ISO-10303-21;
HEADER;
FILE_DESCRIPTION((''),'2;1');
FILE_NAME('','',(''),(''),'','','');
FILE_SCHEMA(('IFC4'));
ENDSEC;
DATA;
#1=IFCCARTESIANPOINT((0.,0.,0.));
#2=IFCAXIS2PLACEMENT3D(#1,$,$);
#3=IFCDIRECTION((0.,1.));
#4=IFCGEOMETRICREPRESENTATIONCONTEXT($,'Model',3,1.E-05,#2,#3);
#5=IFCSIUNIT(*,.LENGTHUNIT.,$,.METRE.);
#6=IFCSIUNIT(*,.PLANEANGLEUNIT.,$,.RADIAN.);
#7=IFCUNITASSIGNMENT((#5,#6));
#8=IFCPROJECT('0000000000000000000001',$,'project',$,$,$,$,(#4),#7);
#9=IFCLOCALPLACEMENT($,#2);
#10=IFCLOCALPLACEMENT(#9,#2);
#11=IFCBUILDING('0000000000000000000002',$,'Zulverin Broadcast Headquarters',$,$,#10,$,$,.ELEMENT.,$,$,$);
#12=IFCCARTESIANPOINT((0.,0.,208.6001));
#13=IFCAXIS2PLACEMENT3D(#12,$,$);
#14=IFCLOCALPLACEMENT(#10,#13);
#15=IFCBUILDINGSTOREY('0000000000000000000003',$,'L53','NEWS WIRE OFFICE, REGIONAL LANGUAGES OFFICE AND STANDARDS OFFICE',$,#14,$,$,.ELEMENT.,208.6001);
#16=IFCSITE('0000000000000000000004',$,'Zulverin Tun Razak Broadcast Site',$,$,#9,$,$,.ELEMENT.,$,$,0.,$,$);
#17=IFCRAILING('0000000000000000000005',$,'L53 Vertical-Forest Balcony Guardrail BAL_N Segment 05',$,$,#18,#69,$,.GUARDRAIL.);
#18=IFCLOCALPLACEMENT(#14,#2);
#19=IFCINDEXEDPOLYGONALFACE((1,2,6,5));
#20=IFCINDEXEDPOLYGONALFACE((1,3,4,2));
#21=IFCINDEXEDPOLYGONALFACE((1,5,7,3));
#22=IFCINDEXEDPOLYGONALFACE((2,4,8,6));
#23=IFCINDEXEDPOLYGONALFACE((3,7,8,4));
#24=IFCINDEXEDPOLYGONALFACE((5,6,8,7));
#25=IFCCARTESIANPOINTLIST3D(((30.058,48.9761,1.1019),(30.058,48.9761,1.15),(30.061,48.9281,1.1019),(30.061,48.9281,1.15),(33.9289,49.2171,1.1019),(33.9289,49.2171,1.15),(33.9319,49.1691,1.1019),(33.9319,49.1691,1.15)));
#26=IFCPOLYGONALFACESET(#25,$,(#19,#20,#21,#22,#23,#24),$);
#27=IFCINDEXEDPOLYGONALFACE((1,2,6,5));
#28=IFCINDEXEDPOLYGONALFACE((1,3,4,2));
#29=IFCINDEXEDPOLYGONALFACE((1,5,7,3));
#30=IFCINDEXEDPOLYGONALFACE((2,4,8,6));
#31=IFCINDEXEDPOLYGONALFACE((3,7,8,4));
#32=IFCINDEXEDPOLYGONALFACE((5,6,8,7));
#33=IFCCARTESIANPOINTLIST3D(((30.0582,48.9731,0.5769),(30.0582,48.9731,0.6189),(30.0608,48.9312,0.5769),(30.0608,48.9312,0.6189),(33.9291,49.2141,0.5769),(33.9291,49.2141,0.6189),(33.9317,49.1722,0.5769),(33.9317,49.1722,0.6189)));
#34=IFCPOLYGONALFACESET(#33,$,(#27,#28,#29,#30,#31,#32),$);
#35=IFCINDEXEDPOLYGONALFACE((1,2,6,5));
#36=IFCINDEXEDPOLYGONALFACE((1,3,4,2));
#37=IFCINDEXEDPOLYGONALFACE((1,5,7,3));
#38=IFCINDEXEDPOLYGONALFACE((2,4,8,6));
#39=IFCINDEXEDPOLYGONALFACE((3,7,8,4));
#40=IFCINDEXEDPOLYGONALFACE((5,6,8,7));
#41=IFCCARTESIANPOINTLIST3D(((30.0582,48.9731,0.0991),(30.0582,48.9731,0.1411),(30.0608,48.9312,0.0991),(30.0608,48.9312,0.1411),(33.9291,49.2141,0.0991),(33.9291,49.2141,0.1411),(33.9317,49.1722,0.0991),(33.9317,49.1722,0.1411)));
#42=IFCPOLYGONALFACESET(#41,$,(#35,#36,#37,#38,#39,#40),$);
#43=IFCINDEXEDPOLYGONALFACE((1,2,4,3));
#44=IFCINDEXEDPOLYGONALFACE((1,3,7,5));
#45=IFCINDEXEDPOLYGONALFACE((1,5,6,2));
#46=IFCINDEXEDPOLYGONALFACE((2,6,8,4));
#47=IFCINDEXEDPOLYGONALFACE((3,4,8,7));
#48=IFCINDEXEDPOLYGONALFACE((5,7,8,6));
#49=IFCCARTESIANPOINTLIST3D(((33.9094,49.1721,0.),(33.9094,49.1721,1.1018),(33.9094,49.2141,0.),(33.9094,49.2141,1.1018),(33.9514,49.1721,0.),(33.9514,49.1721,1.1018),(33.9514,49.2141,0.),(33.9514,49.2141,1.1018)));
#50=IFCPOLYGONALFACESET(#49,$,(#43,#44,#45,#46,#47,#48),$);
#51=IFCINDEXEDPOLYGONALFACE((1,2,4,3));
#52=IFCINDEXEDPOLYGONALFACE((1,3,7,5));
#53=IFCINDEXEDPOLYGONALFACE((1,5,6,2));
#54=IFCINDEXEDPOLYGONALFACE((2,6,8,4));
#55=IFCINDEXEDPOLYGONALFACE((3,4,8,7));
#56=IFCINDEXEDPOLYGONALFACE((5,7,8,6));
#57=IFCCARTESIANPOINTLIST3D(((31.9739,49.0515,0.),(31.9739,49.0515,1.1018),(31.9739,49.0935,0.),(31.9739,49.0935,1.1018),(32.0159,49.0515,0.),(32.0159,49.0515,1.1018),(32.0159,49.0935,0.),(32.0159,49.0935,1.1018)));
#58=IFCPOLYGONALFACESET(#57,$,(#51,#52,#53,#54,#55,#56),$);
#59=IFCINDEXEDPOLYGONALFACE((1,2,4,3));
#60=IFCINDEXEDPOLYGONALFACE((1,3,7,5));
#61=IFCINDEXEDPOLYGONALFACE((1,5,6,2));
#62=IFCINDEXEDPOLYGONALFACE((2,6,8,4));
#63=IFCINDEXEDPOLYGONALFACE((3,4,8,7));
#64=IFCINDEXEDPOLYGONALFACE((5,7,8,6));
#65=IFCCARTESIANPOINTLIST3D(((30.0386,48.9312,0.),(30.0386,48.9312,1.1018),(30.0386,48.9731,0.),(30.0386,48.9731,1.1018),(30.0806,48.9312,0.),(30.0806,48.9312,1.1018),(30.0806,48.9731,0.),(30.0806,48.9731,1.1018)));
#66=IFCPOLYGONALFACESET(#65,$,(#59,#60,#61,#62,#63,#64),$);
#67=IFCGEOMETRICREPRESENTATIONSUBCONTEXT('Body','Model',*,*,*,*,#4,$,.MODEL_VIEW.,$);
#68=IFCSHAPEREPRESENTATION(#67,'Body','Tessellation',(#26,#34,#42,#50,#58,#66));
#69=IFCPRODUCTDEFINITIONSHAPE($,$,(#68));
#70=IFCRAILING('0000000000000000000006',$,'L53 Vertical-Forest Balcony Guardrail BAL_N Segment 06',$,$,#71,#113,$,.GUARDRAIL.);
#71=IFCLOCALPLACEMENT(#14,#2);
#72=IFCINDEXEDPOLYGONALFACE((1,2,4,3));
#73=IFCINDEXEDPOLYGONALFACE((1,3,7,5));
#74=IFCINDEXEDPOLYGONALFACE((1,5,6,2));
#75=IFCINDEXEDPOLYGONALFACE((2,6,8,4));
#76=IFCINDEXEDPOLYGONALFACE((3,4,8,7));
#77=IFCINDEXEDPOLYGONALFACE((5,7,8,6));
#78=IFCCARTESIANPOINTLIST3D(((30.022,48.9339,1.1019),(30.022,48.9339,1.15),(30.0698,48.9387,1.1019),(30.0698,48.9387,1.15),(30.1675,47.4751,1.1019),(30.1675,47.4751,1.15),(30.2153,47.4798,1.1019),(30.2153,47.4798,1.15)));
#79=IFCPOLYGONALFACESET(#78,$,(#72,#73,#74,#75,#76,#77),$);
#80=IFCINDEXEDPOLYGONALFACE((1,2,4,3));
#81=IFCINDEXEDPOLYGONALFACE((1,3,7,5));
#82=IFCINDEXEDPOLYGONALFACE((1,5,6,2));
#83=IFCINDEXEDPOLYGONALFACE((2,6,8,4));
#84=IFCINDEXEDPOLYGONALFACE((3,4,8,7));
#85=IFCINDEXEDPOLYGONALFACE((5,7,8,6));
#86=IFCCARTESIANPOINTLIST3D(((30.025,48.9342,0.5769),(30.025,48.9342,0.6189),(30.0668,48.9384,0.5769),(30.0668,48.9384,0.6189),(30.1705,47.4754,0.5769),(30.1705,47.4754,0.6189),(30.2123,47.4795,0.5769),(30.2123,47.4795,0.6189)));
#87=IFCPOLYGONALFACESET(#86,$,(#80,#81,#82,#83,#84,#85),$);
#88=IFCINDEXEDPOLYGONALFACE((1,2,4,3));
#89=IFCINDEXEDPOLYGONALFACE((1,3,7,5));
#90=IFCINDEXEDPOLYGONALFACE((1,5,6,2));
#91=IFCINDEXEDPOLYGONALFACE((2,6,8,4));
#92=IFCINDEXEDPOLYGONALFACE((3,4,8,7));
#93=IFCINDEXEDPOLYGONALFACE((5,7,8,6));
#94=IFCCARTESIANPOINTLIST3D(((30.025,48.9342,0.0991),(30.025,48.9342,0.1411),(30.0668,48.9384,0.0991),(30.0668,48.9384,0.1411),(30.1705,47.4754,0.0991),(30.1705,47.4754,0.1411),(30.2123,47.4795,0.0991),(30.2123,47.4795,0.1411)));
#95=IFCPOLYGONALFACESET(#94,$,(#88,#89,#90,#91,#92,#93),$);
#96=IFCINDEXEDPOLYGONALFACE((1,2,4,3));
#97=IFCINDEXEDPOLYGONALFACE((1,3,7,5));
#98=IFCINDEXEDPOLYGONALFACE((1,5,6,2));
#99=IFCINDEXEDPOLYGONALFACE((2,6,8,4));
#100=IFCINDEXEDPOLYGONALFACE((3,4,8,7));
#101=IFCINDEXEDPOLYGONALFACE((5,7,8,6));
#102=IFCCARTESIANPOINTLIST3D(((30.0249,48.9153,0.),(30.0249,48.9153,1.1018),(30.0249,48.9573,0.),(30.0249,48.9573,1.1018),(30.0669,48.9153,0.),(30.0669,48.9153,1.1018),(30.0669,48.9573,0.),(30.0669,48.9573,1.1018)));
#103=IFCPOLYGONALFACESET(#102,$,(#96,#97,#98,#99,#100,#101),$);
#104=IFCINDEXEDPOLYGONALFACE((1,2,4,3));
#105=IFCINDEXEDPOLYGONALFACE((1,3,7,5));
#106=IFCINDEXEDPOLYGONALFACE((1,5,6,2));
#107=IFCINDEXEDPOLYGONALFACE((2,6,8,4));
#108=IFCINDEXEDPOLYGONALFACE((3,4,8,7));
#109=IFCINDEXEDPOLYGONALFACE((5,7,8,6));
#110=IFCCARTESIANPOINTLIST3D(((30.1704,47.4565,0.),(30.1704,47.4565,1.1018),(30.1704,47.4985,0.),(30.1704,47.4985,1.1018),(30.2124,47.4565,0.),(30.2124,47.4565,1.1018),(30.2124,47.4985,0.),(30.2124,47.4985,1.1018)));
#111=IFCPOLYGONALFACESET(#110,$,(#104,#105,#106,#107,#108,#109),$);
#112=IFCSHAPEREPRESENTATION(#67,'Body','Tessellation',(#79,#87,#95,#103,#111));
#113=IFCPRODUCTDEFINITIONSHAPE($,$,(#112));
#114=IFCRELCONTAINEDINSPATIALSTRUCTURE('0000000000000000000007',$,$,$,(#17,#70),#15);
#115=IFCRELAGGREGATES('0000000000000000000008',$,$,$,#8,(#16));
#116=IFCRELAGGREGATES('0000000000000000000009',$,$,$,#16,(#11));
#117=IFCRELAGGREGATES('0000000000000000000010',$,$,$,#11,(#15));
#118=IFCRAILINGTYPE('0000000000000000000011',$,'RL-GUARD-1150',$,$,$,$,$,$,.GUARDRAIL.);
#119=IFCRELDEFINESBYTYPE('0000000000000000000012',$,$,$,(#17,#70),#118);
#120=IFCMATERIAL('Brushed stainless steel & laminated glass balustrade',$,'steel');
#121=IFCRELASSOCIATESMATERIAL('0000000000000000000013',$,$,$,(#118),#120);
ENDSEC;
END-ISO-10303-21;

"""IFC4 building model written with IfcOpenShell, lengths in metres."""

from ifc_helpers import new_model, si_unit, direction, frame, origin, origin_2d, place, context, subcontext, project, spatial, rectangle, extrude, material, type_object, element, save


model = new_model("IFC4")

# Units and contexts
model_context = context("Model", 3, precision=1e-05, world=origin(), true_north=direction((0.0, 1.0)))
body_context = subcontext(model_context, "Body", "Model", "MODEL_VIEW")
ifc_project = project(units=[si_unit("LENGTHUNIT", "METRE"), si_unit("PLANEANGLEUNIT", "RADIAN")], contexts=[model_context])

# Site, building, storey
site_placement = place(None, origin())
site = spatial("IfcSite", under=ifc_project, at=site_placement, Name="Zulverin Tun Razak Broadcast Site", CompositionType="ELEMENT", RefElevation=0.0)
building_placement = place(site_placement, origin())
building = spatial("IfcBuilding", under=site, at=building_placement, Name="Zulverin Broadcast Headquarters", CompositionType="ELEMENT")
storey_placement = place(building_placement, frame((0.0, 0.0, 208.6001)))
storey = spatial("IfcBuildingStorey", under=building, at=storey_placement, Name="L53", Description="NEWS WIRE OFFICE, REGIONAL LANGUAGES OFFICE AND STANDARDS OFFICE", CompositionType="ELEMENT", Elevation=208.6001)

# Railings
ifc_material_1 = material(Name="Brushed stainless steel & laminated glass balustrade", Category="steel")
railing_type = type_object("IfcRailingType", Name="RL-GUARD-1150", PredefinedType="GUARDRAIL", material=ifc_material_1)
railing_1_placement = place(storey_placement, frame((33.9304, 49.1931, 0.0)))
element("IfcRailing", 1, at=railing_1_placement, inside=storey, type_object=railing_type, Name="L53 Vertical-Forest Balcony Guardrail BAL_N Segment 05", PredefinedType="GUARDRAIL", context=body_context, shape_type="SweptSolid", body=[
    extrude(rectangle(XDim=0.0481, YDim=0.0481, at=origin_2d()), frame((0.0, 0.0, 1.126), z_axis=(-0.998068, -0.062131, 0.0), x_axis=(0.062131, -0.998068, 0.0)), (0.0, 0.0, 1.0), 3.8784),
    extrude(rectangle(XDim=0.042, YDim=0.042, at=origin_2d()), frame((0.0, 0.0, 0.5979), z_axis=(-0.998068, -0.062131, 0.0), x_axis=(0.062131, -0.998068, 0.0)), (0.0, 0.0, 1.0), 3.8784),
    extrude(rectangle(XDim=0.042, YDim=0.042, at=origin_2d()), frame((0.0, 0.0, 0.1201), z_axis=(-0.998068, -0.062131, 0.0), x_axis=(0.062131, -0.998068, 0.0)), (0.0, 0.0, 1.0), 3.8784),
    extrude(rectangle(XDim=0.042, YDim=0.042, at=origin_2d()), origin(), (0.0, 0.0, 1.0), 1.1018),
    extrude(rectangle(XDim=0.042, YDim=0.042, at=origin_2d()), frame((-1.9355, -0.1206, 0.0)), (0.0, 0.0, 1.0), 1.1018),
    extrude(rectangle(XDim=0.042, YDim=0.042, at=origin_2d()), frame((-3.8708, -0.241, 0.0)), (0.0, 0.0, 1.0), 1.1018),
])
railing_2_placement = place(storey_placement, frame((30.0459, 48.9363, 0.0)))
element("IfcRailing", 2, at=railing_2_placement, inside=storey, type_object=railing_type, Name="L53 Vertical-Forest Balcony Guardrail BAL_N Segment 06", PredefinedType="GUARDRAIL", context=body_context, shape_type="SweptSolid", body=[
    extrude(rectangle(XDim=0.0481, YDim=0.0481, at=origin_2d()), frame((0.0, 0.0, 1.126), z_axis=(0.099256, -0.995062, 0.0), x_axis=(0.995062, 0.099256, 0.0)), (0.0, 0.0, 1.0), 1.4661),
    extrude(rectangle(XDim=0.042, YDim=0.042, at=origin_2d()), frame((0.0, 0.0, 0.5979), z_axis=(0.099256, -0.995062, 0.0), x_axis=(0.995062, 0.099256, 0.0)), (0.0, 0.0, 1.0), 1.4661),
    extrude(rectangle(XDim=0.042, YDim=0.042, at=origin_2d()), frame((0.0, 0.0, 0.1201), z_axis=(0.099256, -0.995062, 0.0), x_axis=(0.995062, 0.099256, 0.0)), (0.0, 0.0, 1.0), 1.4661),
    extrude(rectangle(XDim=0.042, YDim=0.042, at=origin_2d()), origin(), (0.0, 0.0, 1.0), 1.1018),
    extrude(rectangle(XDim=0.042, YDim=0.042, at=origin_2d()), frame((0.1455, -1.4587, 0.0)), (0.0, 0.0, 1.0), 1.1018),
])

save(model, "model.ifc")
